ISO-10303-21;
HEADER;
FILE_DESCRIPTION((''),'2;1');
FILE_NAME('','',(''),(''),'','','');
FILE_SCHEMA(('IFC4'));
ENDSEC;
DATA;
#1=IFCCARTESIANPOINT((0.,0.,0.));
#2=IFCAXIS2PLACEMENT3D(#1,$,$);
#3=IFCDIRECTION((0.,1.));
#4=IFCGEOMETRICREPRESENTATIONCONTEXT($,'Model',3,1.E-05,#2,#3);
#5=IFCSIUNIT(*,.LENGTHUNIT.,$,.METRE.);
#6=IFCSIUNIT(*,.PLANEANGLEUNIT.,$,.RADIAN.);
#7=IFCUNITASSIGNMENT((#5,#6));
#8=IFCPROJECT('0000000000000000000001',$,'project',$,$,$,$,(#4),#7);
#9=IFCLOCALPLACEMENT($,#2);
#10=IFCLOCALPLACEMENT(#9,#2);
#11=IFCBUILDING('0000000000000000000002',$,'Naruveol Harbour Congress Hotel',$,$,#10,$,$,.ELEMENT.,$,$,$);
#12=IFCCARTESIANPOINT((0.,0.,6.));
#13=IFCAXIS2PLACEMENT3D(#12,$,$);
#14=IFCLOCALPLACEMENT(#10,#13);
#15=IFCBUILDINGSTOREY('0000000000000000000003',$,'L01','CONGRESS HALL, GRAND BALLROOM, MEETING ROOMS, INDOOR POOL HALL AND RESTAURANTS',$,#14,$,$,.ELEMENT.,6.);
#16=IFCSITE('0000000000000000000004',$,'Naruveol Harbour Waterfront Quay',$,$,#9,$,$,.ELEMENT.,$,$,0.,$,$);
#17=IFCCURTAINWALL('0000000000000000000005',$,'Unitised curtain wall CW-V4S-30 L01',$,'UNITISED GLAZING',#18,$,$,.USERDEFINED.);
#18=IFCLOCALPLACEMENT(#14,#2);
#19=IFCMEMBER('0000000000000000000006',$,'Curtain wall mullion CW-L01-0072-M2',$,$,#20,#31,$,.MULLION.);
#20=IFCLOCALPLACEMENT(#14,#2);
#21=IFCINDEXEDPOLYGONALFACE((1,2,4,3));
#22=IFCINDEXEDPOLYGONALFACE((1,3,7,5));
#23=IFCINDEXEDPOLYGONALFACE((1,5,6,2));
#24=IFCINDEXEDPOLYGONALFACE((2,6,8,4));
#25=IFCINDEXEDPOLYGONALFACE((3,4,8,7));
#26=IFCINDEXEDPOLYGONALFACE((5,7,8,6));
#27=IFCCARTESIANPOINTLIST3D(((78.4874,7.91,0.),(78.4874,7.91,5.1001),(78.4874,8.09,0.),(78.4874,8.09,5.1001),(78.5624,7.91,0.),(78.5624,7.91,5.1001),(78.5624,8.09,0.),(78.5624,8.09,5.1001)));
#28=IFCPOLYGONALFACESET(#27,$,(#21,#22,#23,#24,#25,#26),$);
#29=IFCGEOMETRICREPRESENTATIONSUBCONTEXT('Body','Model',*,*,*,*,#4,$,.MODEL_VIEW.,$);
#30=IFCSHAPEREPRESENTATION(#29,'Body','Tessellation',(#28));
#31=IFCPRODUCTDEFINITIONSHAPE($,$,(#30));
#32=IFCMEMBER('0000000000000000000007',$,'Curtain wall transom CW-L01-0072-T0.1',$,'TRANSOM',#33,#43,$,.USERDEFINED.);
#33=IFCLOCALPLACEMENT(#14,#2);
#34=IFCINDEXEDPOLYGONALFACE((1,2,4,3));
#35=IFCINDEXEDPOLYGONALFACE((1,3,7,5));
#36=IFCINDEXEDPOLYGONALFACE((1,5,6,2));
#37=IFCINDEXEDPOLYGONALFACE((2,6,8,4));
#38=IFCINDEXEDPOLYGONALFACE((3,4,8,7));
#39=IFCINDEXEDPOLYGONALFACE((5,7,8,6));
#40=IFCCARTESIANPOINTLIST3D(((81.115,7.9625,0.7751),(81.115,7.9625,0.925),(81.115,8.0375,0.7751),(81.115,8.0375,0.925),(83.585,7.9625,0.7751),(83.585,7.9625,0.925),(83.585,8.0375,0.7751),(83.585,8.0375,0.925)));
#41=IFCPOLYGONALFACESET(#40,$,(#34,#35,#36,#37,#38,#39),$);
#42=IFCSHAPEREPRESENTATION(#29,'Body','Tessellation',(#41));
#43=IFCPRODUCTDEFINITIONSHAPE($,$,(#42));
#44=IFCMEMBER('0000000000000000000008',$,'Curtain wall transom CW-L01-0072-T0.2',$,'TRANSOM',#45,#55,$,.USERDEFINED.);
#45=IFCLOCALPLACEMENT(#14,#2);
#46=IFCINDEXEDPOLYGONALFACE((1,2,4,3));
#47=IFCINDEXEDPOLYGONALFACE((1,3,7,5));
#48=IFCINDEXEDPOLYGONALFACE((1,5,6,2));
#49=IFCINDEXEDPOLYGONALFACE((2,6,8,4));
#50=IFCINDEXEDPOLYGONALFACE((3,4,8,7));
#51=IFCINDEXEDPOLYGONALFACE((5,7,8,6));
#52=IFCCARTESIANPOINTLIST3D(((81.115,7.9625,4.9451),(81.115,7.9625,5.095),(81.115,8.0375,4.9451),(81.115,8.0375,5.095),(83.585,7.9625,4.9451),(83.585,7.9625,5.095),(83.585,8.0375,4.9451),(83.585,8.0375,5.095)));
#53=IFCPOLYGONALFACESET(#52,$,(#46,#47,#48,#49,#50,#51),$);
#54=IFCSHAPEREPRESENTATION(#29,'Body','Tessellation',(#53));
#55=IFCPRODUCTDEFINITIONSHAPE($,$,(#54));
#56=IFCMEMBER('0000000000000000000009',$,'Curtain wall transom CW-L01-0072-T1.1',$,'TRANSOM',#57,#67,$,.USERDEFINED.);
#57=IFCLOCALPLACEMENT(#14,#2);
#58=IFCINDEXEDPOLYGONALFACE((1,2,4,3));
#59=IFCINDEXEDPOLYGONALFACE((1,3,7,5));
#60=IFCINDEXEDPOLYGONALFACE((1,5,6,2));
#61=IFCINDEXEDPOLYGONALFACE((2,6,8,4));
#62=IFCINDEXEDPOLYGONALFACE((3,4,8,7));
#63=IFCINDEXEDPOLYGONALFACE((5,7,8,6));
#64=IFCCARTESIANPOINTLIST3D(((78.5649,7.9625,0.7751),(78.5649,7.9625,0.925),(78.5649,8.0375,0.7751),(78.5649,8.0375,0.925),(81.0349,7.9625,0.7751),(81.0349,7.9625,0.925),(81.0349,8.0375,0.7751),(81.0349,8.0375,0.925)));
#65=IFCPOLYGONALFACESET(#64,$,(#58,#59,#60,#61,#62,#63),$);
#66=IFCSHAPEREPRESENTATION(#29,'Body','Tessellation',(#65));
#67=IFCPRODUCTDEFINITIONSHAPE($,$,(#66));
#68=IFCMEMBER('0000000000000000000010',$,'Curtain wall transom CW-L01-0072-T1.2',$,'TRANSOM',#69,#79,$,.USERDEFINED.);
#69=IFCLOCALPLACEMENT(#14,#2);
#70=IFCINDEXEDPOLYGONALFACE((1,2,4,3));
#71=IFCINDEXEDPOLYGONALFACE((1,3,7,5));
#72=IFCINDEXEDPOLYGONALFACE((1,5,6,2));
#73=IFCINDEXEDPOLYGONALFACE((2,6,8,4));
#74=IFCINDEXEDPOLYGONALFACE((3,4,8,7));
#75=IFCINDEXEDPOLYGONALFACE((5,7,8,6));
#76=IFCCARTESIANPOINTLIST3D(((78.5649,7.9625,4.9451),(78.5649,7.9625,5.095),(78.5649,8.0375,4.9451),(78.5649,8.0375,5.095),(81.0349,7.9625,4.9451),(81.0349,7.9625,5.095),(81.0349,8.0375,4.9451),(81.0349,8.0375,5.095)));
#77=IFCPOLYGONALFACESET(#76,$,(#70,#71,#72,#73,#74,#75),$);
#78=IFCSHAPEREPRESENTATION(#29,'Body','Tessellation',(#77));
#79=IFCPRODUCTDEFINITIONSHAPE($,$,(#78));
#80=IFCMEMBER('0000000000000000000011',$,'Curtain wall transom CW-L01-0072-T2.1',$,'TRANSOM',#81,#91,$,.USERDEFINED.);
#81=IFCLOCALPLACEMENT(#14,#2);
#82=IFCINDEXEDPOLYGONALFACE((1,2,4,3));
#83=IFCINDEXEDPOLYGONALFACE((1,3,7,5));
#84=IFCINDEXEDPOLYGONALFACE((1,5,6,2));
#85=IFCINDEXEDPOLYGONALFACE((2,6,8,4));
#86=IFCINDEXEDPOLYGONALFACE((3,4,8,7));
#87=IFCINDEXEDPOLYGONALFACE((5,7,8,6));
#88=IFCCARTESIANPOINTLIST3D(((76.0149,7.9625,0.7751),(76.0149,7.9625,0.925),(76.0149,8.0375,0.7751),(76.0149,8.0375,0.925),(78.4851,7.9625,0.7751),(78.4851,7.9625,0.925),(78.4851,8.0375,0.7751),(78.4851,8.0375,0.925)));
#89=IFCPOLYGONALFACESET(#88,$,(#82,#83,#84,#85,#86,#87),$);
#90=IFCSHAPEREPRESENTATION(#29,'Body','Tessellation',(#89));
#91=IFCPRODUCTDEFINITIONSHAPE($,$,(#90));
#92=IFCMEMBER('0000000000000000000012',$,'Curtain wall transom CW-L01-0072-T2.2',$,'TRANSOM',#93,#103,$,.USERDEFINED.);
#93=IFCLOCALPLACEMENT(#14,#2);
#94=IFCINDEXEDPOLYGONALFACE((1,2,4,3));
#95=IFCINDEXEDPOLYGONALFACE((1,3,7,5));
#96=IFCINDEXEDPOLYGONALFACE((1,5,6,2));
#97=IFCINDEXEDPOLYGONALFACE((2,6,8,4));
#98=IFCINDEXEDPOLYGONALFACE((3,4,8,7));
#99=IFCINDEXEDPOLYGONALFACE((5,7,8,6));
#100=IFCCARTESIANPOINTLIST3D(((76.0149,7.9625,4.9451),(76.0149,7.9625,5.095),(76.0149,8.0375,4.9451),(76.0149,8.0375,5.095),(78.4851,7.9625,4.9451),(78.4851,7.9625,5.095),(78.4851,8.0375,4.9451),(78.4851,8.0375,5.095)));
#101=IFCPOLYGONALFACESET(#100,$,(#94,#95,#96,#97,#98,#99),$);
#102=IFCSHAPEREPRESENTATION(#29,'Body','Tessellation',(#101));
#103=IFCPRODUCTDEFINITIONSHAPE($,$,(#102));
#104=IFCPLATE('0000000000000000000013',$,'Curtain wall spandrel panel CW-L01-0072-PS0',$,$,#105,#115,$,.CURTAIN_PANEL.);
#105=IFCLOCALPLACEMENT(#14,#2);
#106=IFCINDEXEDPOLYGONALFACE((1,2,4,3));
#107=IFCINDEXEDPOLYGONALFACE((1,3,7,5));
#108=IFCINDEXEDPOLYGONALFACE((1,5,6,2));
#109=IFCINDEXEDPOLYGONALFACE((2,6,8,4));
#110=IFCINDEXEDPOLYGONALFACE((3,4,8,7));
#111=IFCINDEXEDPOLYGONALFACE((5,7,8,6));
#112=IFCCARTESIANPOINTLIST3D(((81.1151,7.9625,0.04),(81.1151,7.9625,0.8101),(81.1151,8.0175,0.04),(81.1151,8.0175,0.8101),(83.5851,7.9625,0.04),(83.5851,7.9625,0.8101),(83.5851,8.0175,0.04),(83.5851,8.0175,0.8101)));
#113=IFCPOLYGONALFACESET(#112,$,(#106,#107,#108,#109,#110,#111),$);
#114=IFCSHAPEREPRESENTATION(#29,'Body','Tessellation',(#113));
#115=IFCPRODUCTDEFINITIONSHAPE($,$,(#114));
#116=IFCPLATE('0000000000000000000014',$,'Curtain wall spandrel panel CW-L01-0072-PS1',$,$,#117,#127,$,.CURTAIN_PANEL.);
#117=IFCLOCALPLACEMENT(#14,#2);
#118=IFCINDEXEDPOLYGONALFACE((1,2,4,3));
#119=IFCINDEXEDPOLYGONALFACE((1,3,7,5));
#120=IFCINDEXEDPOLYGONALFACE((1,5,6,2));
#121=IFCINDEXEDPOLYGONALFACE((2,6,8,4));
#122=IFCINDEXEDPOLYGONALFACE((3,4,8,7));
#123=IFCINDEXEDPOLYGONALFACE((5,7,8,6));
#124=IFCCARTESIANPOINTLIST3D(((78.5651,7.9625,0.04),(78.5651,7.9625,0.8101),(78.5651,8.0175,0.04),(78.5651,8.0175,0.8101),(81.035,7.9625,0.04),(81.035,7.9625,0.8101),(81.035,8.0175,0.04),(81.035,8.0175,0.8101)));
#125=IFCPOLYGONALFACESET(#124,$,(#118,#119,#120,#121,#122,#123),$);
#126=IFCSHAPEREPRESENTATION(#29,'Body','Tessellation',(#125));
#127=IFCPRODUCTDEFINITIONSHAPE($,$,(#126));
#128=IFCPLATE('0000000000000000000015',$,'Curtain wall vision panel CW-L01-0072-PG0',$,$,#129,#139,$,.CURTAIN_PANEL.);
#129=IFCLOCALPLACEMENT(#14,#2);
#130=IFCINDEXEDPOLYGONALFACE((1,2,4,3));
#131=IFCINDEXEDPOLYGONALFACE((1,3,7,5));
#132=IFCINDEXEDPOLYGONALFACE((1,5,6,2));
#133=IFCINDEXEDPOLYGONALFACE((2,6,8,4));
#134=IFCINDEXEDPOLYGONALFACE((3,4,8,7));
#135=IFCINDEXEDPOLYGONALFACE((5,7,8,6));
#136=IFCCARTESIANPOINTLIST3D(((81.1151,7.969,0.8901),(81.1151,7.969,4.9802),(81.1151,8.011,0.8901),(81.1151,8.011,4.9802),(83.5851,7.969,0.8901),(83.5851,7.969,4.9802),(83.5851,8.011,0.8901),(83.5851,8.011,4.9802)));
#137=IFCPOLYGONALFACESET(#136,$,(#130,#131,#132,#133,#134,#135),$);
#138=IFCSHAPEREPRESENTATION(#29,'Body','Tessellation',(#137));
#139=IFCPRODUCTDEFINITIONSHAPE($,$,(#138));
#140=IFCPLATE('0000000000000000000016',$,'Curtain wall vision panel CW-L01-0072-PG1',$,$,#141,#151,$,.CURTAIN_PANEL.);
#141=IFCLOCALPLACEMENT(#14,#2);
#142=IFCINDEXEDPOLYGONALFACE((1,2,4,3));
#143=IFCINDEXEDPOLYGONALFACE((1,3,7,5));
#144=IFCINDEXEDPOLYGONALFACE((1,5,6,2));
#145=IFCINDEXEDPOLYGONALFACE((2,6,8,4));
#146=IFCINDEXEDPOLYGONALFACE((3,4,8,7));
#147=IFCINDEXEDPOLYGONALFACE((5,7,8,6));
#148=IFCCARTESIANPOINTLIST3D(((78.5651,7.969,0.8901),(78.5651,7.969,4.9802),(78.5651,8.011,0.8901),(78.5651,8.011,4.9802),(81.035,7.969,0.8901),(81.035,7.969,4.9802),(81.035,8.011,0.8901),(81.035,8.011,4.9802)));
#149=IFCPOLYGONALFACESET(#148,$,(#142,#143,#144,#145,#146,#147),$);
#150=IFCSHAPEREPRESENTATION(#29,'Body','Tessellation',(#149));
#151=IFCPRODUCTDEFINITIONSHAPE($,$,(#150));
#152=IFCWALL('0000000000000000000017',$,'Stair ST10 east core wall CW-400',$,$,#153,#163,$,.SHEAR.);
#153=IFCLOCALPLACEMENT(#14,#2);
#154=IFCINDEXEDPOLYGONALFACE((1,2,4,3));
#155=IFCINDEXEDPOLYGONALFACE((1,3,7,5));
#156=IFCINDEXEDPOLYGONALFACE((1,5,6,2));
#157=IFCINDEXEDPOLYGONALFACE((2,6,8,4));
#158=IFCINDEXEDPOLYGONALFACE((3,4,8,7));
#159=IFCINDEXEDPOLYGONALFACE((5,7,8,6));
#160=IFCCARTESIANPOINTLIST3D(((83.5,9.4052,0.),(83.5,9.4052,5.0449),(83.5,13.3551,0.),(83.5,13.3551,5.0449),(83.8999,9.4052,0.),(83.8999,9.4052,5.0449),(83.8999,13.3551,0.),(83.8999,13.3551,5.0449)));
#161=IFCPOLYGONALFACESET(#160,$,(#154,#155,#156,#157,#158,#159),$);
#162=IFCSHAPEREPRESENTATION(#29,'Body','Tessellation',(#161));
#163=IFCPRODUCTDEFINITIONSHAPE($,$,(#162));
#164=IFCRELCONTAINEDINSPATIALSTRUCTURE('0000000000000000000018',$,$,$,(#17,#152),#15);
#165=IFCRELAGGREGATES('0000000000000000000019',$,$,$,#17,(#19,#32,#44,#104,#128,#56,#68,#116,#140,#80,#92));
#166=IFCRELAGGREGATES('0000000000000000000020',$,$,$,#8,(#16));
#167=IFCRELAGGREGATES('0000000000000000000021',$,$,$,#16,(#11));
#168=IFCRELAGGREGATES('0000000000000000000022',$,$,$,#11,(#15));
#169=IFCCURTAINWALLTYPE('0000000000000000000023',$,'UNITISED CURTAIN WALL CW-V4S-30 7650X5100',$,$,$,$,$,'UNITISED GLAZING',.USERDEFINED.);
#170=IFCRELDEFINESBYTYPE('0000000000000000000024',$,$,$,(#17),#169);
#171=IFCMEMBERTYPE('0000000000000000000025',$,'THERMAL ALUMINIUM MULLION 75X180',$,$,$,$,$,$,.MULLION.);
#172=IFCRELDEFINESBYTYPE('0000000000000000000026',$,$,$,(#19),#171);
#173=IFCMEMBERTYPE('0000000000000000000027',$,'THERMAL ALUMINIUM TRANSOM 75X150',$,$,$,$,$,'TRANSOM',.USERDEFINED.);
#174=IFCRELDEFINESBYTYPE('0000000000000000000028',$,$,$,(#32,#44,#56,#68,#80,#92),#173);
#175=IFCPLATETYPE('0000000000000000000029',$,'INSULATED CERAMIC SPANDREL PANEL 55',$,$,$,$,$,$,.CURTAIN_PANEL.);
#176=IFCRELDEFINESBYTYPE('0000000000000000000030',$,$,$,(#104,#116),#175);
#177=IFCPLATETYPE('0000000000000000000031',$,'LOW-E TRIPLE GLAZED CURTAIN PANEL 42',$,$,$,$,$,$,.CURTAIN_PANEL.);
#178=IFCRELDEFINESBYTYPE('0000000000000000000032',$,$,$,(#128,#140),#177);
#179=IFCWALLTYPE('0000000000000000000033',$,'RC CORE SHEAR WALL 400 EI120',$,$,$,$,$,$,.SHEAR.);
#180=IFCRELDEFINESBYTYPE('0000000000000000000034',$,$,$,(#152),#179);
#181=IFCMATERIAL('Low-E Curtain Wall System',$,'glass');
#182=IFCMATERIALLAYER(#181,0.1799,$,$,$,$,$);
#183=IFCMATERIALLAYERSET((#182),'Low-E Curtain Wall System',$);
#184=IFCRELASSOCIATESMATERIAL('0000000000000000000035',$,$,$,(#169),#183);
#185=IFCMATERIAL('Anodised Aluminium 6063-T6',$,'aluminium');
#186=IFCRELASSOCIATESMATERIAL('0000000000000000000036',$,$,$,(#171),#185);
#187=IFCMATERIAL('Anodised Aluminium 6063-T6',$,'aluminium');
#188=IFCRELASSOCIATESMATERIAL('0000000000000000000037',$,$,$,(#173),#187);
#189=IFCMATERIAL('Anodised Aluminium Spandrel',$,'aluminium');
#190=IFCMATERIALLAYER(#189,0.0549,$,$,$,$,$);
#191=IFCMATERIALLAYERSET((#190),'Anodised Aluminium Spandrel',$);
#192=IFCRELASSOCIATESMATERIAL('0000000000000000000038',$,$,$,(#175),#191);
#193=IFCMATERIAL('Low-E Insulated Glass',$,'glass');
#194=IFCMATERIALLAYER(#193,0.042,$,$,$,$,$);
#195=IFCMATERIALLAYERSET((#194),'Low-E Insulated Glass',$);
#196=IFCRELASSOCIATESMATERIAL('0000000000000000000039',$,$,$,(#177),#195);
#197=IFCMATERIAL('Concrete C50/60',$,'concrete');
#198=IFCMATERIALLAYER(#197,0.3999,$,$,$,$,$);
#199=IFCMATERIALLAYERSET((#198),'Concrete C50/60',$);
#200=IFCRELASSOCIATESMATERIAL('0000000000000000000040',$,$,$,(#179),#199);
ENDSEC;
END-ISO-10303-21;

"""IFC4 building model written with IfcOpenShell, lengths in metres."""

from ifc_helpers import new_model, si_unit, direction, frame, frame_2d, origin, origin_2d, place, context, subcontext, project, spatial, rectangle, extrude, material, layer, layer_set, material_profile, profile_set, type_object, element, aggregate, save


model = new_model("IFC4")

# Units and contexts
model_context = context("Model", 3, precision=1e-05, world=origin(), true_north=direction((0.0, 1.0)))
body_context = subcontext(model_context, "Body", "Model", "MODEL_VIEW")
ifc_project = project(units=[si_unit("LENGTHUNIT", "METRE"), si_unit("PLANEANGLEUNIT", "RADIAN")], contexts=[model_context])

# Site, building, storey
site_placement = place(None, origin())
site = spatial("IfcSite", under=ifc_project, at=site_placement, Name="Naruveol Harbour Waterfront Quay", CompositionType="ELEMENT", RefElevation=0.0)
building_placement = place(site_placement, origin())
building = spatial("IfcBuilding", under=site, at=building_placement, Name="Naruveol Harbour Congress Hotel", CompositionType="ELEMENT")
storey_placement = place(building_placement, frame((0.0, 0.0, 6.0)))
storey = spatial("IfcBuildingStorey", under=building, at=storey_placement, Name="L01", Description="CONGRESS HALL, GRAND BALLROOM, MEETING ROOMS, INDOOR POOL HALL AND RESTAURANTS", CompositionType="ELEMENT", Elevation=6.0)

# Curtain wall, members, plates
ifc_material_1 = material(Name="Low-E Curtain Wall System", Category="glass")
ifc_layer_1 = layer(ifc_material_1, 0.1799)
ifc_layer_set_1 = layer_set([ifc_layer_1], Name="Low-E Curtain Wall System")
curtain_wall_type = type_object("IfcCurtainWallType", Name="UNITISED CURTAIN WALL CW-V4S-30 7650X5100", ElementType="UNITISED GLAZING", PredefinedType="USERDEFINED", material=ifc_layer_set_1)
curtain_wall_placement = place(storey_placement, origin())
curtain_wall = element("IfcCurtainWall", 1, at=curtain_wall_placement, inside=storey, type_object=curtain_wall_type, Name="Unitised curtain wall CW-V4S-30 L01", ObjectType="UNITISED GLAZING", PredefinedType="USERDEFINED")
ifc_material_2 = material(Name="Anodised Aluminium 6063-T6", Category="aluminium")
ifc_material_profile_1 = material_profile(ifc_material_2, rectangle(XDim=0.075, YDim=0.1799, at=origin_2d()), Name="ALU-75x180")
ifc_profile_set_1 = profile_set([ifc_material_profile_1], Name="Anodised Aluminium 6063-T6")
member_type_1 = type_object("IfcMemberType", Name="THERMAL ALUMINIUM MULLION 75X180", PredefinedType="MULLION", material=ifc_profile_set_1)
member_1_placement = place(storey_placement, frame((78.5249, 8.0, 0.0), z_axis=(0.0, 0.0, 1.0), x_axis=(1.0, 0.0, 0.0)))
member_1 = element("IfcMember", 2, at=member_1_placement, type_object=member_type_1, Name="Curtain wall mullion CW-L01-0072-M2", PredefinedType="MULLION", context=body_context, shape_type="SweptSolid", body=[
    extrude(rectangle(XDim=0.075, YDim=0.1799, at=origin_2d()), origin(), (0.0, 0.0, 1.0), 5.1001),
])
ifc_material_3 = material(Name="Anodised Aluminium 6063-T6", Category="aluminium")
ifc_material_profile_2 = material_profile(ifc_material_3, rectangle(XDim=0.075, YDim=0.1499, at=origin_2d()), Name="ALU-75x150")
ifc_profile_set_2 = profile_set([ifc_material_profile_2], Name="Anodised Aluminium 6063-T6")
member_type_2 = type_object("IfcMemberType", Name="THERMAL ALUMINIUM TRANSOM 75X150", ElementType="TRANSOM", PredefinedType="USERDEFINED", material=ifc_profile_set_2)
member_2_placement = place(storey_placement, frame((83.585, 8.0, 0.8501), z_axis=(-1.0, 0.0, 0.0), x_axis=(0.0, -1.0, 0.0)))
member_2 = element("IfcMember", 3, at=member_2_placement, type_object=member_type_2, Name="Curtain wall transom CW-L01-0072-T0.1", ObjectType="TRANSOM", PredefinedType="USERDEFINED", context=body_context, shape_type="SweptSolid", body=[
    extrude(rectangle(XDim=0.075, YDim=0.1499, at=origin_2d()), origin(), (0.0, 0.0, 1.0), 2.47),
])
member_3_placement = place(storey_placement, frame((83.585, 8.0, 5.02), z_axis=(-1.0, 0.0, 0.0), x_axis=(0.0, -1.0, 0.0)))
member_3 = element("IfcMember", 4, at=member_3_placement, type_object=member_type_2, Name="Curtain wall transom CW-L01-0072-T0.2", ObjectType="TRANSOM", PredefinedType="USERDEFINED", context=body_context, shape_type="SweptSolid", body=[
    extrude(rectangle(XDim=0.075, YDim=0.1499, at=origin_2d()), origin(), (0.0, 0.0, 1.0), 2.47),
])
member_4_placement = place(storey_placement, frame((81.0349, 8.0, 0.8501), z_axis=(-1.0, 0.0, 0.0), x_axis=(0.0, -1.0, 0.0)))
member_4 = element("IfcMember", 5, at=member_4_placement, type_object=member_type_2, Name="Curtain wall transom CW-L01-0072-T1.1", ObjectType="TRANSOM", PredefinedType="USERDEFINED", context=body_context, shape_type="SweptSolid", body=[
    extrude(rectangle(XDim=0.075, YDim=0.1499, at=origin_2d()), origin(), (0.0, 0.0, 1.0), 2.47),
])
member_5_placement = place(storey_placement, frame((81.0349, 8.0, 5.02), z_axis=(-1.0, 0.0, 0.0), x_axis=(0.0, -1.0, 0.0)))
member_5 = element("IfcMember", 6, at=member_5_placement, type_object=member_type_2, Name="Curtain wall transom CW-L01-0072-T1.2", ObjectType="TRANSOM", PredefinedType="USERDEFINED", context=body_context, shape_type="SweptSolid", body=[
    extrude(rectangle(XDim=0.075, YDim=0.1499, at=origin_2d()), origin(), (0.0, 0.0, 1.0), 2.47),
])
member_6_placement = place(storey_placement, frame((78.4851, 8.0, 0.8501), z_axis=(-1.0, 0.0, 0.0), x_axis=(0.0, -1.0, 0.0)))
member_6 = element("IfcMember", 7, at=member_6_placement, type_object=member_type_2, Name="Curtain wall transom CW-L01-0072-T2.1", ObjectType="TRANSOM", PredefinedType="USERDEFINED", context=body_context, shape_type="SweptSolid", body=[
    extrude(rectangle(XDim=0.075, YDim=0.1499, at=origin_2d()), origin(), (0.0, 0.0, 1.0), 2.4702),
])
member_7_placement = place(storey_placement, frame((78.4851, 8.0, 5.02), z_axis=(-1.0, 0.0, 0.0), x_axis=(0.0, -1.0, 0.0)))
member_7 = element("IfcMember", 8, at=member_7_placement, type_object=member_type_2, Name="Curtain wall transom CW-L01-0072-T2.2", ObjectType="TRANSOM", PredefinedType="USERDEFINED", context=body_context, shape_type="SweptSolid", body=[
    extrude(rectangle(XDim=0.075, YDim=0.1499, at=origin_2d()), origin(), (0.0, 0.0, 1.0), 2.4702),
])
ifc_material_4 = material(Name="Anodised Aluminium Spandrel", Category="aluminium")
ifc_layer_2 = layer(ifc_material_4, 0.0549)
ifc_layer_set_2 = layer_set([ifc_layer_2], Name="Anodised Aluminium Spandrel")
plate_type_1 = type_object("IfcPlateType", Name="INSULATED CERAMIC SPANDREL PANEL 55", PredefinedType="CURTAIN_PANEL", material=ifc_layer_set_2)
plate_1_placement = place(storey_placement, frame((82.3501, 7.99, 0.04), z_axis=(0.0, 0.0, 1.0), x_axis=(-1.0, 0.0, 0.0)))
plate_1 = element("IfcPlate", 9, at=plate_1_placement, type_object=plate_type_1, Name="Curtain wall spandrel panel CW-L01-0072-PS0", PredefinedType="CURTAIN_PANEL", context=body_context, shape_type="SweptSolid", body=[
    extrude(rectangle(XDim=2.47, YDim=0.0549, at=origin_2d()), origin(), (0.0, 0.0, 1.0), 0.77),
])
plate_2_placement = place(storey_placement, frame((79.8, 7.99, 0.04), z_axis=(0.0, 0.0, 1.0), x_axis=(-1.0, 0.0, 0.0)))
plate_2 = element("IfcPlate", 10, at=plate_2_placement, type_object=plate_type_1, Name="Curtain wall spandrel panel CW-L01-0072-PS1", PredefinedType="CURTAIN_PANEL", context=body_context, shape_type="SweptSolid", body=[
    extrude(rectangle(XDim=2.47, YDim=0.0549, at=origin_2d()), origin(), (0.0, 0.0, 1.0), 0.77),
])
ifc_material_5 = material(Name="Low-E Insulated Glass", Category="glass")
ifc_layer_3 = layer(ifc_material_5, 0.042)
ifc_layer_set_3 = layer_set([ifc_layer_3], Name="Low-E Insulated Glass")
plate_type_2 = type_object("IfcPlateType", Name="LOW-E TRIPLE GLAZED CURTAIN PANEL 42", PredefinedType="CURTAIN_PANEL", material=ifc_layer_set_3)
plate_3_placement = place(storey_placement, frame((82.3501, 7.99, 0.8901), z_axis=(0.0, 0.0, 1.0), x_axis=(-1.0, 0.0, 0.0)))
plate_3 = element("IfcPlate", 11, at=plate_3_placement, type_object=plate_type_2, Name="Curtain wall vision panel CW-L01-0072-PG0", PredefinedType="CURTAIN_PANEL", context=body_context, shape_type="SweptSolid", body=[
    extrude(rectangle(XDim=2.47, YDim=0.042, at=origin_2d()), origin(), (0.0, 0.0, 1.0), 4.0901),
])
plate_4_placement = place(storey_placement, frame((79.8, 7.99, 0.8901), z_axis=(0.0, 0.0, 1.0), x_axis=(-1.0, 0.0, 0.0)))
plate_4 = element("IfcPlate", 12, at=plate_4_placement, type_object=plate_type_2, Name="Curtain wall vision panel CW-L01-0072-PG1", PredefinedType="CURTAIN_PANEL", context=body_context, shape_type="SweptSolid", body=[
    extrude(rectangle(XDim=2.47, YDim=0.042, at=origin_2d()), origin(), (0.0, 0.0, 1.0), 4.0901),
])
aggregate(curtain_wall, [member_1, member_2, member_3, plate_1, plate_3, member_4, member_5, plate_2, plate_4, member_6, member_7])

# Wall
ifc_material_6 = material(Name="Concrete C50/60", Category="concrete")
ifc_layer_4 = layer(ifc_material_6, 0.3999)
ifc_layer_set_4 = layer_set([ifc_layer_4], Name="Concrete C50/60")
wall_type = type_object("IfcWallType", Name="RC CORE SHEAR WALL 400 EI120", PredefinedType="SHEAR", material=ifc_layer_set_4)
wall_placement = place(storey_placement, frame((83.7, 9.405, 0.0), z_axis=(0.0, 0.0, 1.0), x_axis=(0.0, 1.0, 0.0)))
element("IfcWall", 13, at=wall_placement, inside=storey, type_object=wall_type, Name="Stair ST10 east core wall CW-400", PredefinedType="SHEAR", context=body_context, shape_type="SweptSolid", body=[
    extrude(rectangle(XDim=3.95, YDim=0.3999, at=frame_2d((1.9751, 0.0))), origin(), (0.0, 0.0, 1.0), 5.0449),
])

save(model, "model.ifc")
